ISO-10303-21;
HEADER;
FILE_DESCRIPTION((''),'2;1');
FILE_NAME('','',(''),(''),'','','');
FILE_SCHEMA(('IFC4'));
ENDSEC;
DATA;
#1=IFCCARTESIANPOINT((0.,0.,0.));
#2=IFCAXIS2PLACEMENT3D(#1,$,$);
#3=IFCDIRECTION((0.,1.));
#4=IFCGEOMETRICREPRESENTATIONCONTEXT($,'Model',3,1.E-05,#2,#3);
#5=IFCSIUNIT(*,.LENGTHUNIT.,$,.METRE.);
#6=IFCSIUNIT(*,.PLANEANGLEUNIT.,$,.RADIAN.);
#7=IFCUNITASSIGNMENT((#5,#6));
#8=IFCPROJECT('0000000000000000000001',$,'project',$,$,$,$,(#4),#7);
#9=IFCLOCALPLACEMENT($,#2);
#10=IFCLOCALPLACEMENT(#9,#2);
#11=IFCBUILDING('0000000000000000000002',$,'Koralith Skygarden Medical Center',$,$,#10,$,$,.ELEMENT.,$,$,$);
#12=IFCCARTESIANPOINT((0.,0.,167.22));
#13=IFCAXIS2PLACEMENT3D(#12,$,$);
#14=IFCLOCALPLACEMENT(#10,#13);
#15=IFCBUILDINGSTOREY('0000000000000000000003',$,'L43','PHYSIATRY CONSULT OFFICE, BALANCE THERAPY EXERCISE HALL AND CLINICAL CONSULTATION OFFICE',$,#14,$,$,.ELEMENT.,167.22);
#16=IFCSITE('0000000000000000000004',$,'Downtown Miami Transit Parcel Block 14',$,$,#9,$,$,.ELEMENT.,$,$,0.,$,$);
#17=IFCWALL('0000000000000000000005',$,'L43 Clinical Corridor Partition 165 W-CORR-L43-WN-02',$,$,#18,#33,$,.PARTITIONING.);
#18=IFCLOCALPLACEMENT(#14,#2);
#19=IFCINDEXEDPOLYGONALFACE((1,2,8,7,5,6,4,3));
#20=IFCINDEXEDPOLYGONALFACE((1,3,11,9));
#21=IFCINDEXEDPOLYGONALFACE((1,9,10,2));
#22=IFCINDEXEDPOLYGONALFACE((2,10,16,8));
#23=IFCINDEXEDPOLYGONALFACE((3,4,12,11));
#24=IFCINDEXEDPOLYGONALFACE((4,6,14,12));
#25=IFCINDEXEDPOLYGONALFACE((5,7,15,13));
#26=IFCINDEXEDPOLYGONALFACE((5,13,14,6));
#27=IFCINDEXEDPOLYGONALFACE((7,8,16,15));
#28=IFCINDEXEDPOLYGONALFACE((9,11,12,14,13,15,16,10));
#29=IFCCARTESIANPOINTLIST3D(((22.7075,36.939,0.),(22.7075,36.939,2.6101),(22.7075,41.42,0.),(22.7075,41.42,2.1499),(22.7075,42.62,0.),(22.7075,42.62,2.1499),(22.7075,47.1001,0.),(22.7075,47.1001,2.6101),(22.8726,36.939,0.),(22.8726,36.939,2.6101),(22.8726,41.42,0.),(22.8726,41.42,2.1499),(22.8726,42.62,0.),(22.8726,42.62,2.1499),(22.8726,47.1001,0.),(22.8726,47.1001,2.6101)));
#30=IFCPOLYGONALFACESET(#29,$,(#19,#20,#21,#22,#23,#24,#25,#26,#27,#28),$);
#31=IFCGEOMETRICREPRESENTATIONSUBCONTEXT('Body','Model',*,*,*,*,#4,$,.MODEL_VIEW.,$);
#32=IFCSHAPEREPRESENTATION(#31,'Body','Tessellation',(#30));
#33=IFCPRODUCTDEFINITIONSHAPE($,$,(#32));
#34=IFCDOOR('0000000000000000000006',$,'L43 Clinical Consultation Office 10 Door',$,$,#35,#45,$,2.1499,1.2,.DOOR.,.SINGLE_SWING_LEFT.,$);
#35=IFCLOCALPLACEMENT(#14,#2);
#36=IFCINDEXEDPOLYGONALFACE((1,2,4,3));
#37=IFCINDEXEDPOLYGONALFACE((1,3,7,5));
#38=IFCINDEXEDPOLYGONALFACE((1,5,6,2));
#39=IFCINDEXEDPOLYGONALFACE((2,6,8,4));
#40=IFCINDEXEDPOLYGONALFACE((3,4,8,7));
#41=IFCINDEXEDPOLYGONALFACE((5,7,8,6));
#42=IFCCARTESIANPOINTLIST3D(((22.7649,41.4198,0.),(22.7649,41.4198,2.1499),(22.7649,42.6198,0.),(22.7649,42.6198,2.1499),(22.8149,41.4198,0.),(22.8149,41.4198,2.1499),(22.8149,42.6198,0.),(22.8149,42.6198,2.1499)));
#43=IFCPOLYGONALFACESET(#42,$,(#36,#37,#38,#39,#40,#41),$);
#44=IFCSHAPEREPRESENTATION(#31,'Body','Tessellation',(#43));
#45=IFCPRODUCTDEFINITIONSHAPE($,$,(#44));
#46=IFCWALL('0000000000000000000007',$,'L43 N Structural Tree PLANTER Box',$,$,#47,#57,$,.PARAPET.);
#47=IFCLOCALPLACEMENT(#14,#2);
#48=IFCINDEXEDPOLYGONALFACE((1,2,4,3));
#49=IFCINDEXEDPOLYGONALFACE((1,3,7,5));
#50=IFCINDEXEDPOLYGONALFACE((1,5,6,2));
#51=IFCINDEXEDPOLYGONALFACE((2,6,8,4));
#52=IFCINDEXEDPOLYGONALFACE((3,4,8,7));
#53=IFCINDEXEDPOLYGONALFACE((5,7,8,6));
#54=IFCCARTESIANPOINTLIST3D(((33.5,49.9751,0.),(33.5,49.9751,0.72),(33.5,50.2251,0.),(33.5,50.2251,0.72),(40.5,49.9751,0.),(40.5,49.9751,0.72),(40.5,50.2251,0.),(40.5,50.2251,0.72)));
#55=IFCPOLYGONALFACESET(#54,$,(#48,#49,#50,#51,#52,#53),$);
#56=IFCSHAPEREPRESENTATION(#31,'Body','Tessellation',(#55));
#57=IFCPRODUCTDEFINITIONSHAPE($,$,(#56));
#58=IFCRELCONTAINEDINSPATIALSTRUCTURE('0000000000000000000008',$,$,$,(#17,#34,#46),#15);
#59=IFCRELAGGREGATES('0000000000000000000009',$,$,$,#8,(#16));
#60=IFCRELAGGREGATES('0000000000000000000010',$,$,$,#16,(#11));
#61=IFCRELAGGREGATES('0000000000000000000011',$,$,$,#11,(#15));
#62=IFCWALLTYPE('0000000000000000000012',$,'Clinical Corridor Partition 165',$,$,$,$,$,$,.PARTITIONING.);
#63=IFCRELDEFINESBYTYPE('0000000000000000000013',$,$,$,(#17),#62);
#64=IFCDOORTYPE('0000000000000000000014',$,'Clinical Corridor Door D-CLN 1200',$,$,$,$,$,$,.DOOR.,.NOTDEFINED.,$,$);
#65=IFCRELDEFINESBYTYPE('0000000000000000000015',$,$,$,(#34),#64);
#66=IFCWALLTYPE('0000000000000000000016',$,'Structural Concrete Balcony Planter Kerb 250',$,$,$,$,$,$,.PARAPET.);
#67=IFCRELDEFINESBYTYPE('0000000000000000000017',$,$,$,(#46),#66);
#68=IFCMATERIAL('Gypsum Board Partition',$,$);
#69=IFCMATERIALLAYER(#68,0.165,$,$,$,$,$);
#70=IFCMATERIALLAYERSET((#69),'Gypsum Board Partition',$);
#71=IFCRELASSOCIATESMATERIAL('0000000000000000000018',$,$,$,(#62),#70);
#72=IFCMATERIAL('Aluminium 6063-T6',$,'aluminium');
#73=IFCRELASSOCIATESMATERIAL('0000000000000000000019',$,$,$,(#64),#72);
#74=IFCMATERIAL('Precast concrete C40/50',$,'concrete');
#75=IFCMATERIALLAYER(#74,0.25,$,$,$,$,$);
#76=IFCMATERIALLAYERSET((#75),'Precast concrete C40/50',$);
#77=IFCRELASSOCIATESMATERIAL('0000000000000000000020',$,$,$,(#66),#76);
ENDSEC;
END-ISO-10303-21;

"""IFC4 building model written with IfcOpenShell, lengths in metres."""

from ifc_helpers import new_model, si_unit, direction, frame, frame_2d, origin, place, context, subcontext, project, spatial, rectangle, extrude, material, layer, layer_set, type_object, element, fill, save


model = new_model("IFC4")

# Units and contexts
model_context = context("Model", 3, precision=1e-05, world=origin(), true_north=direction((0.0, 1.0)))
body_context = subcontext(model_context, "Body", "Model", "MODEL_VIEW")
ifc_project = project(units=[si_unit("LENGTHUNIT", "METRE"), si_unit("PLANEANGLEUNIT", "RADIAN")], contexts=[model_context])

# Site, building, storey
site_placement = place(None, origin())
site = spatial("IfcSite", under=ifc_project, at=site_placement, Name="Downtown Miami Transit Parcel Block 14", CompositionType="ELEMENT", RefElevation=0.0)
building_placement = place(site_placement, origin())
building = spatial("IfcBuilding", under=site, at=building_placement, Name="Koralith Skygarden Medical Center", CompositionType="ELEMENT")
storey_placement = place(building_placement, frame((0.0, 0.0, 167.22)))
storey = spatial("IfcBuildingStorey", under=building, at=storey_placement, Name="L43", Description="PHYSIATRY CONSULT OFFICE, BALANCE THERAPY EXERCISE HALL AND CLINICAL CONSULTATION OFFICE", CompositionType="ELEMENT", Elevation=167.22)

# Shared definitions
ifc_material_1 = material(Name="Aluminium 6063-T6", Category="aluminium")

# Shared definitions
ifc_material_2 = material(Name="Gypsum Board Partition")
ifc_layer_1 = layer(ifc_material_2, 0.165)
ifc_layer_set_1 = layer_set([ifc_layer_1], Name="Gypsum Board Partition")
wall_type_1 = type_object("IfcWallType", Name="Clinical Corridor Partition 165", PredefinedType="PARTITIONING", material=ifc_layer_set_1)

# Wall, opening, door
door_type = type_object("IfcDoorType", Name="Clinical Corridor Door D-CLN 1200", OperationType="NOTDEFINED", PredefinedType="DOOR", material=ifc_material_1)
wall_1_placement = place(storey_placement, frame((22.79, 36.939, 0.0), z_axis=(0.0, 0.0, 1.0), x_axis=(0.0, 1.0, 0.0)))
wall_1 = element("IfcWall", 1, at=wall_1_placement, inside=storey, type_object=wall_type_1, Name="L43 Clinical Corridor Partition 165 W-CORR-L43-WN-02", PredefinedType="PARTITIONING", context=body_context, shape_type="SweptSolid", body=[
    extrude(rectangle(XDim=10.1611, YDim=0.165, at=frame_2d((5.0806, 0.0))), origin(), (0.0, 0.0, 1.0), 2.6101),
])
opening_1_placement = place(wall_1_placement, frame((4.481, 0.0, 0.0)))
opening_1 = element("IfcOpeningElement", 2, at=opening_1_placement, cuts=wall_1, PredefinedType="OPENING", context=body_context, shape_type="SweptSolid", body=[
    extrude(rectangle(XDim=1.2, YDim=2.1499, at=frame_2d((0.6001, 1.075))), frame((0.0, 0.0925, 0.0), z_axis=(0.0, -1.0, 0.0), x_axis=(1.0, 0.0, 0.0)), (0.0, 0.0, 1.0), 0.1851),
])
door_1_placement = place(opening_1_placement, frame((1.2, 0.0, 0.0), z_axis=(0.0, 0.0, 1.0), x_axis=(-1.0, 0.0, 0.0)))
door_1 = element("IfcDoor", 3, at=door_1_placement, inside=storey, type_object=door_type, Name="L43 Clinical Consultation Office 10 Door", OperationType="SINGLE_SWING_LEFT", OverallHeight=2.1499, OverallWidth=1.2, PredefinedType="DOOR", context=body_context, shape_type="SweptSolid", body=[
    extrude(rectangle(XDim=1.2, YDim=2.1499, at=frame_2d((0.6001, 1.075))), frame((0.0, 0.0249, 0.0), z_axis=(0.0, -1.0, 0.0), x_axis=(1.0, 0.0, 0.0)), (0.0, 0.0, 1.0), 0.05),
])
fill(opening_1, door_1)

# Wall
ifc_material_3 = material(Name="Precast concrete C40/50", Category="concrete")
ifc_layer_2 = layer(ifc_material_3, 0.25)
ifc_layer_set_2 = layer_set([ifc_layer_2], Name="Precast concrete C40/50")
wall_type_2 = type_object("IfcWallType", Name="Structural Concrete Balcony Planter Kerb 250", PredefinedType="PARAPET", material=ifc_layer_set_2)
wall_2_placement = place(storey_placement, frame((33.5, 50.1001, 0.0), z_axis=(0.0, 0.0, 1.0), x_axis=(1.0, 0.0, 0.0)))
element("IfcWall", 4, at=wall_2_placement, inside=storey, type_object=wall_type_2, Name="L43 N Structural Tree PLANTER Box", PredefinedType="PARAPET", context=body_context, shape_type="SweptSolid", body=[
    extrude(rectangle(XDim=7.0, YDim=0.25, at=frame_2d((3.5, 0.0))), origin(), (0.0, 0.0, 1.0), 0.72),
])

save(model, "model.ifc")
